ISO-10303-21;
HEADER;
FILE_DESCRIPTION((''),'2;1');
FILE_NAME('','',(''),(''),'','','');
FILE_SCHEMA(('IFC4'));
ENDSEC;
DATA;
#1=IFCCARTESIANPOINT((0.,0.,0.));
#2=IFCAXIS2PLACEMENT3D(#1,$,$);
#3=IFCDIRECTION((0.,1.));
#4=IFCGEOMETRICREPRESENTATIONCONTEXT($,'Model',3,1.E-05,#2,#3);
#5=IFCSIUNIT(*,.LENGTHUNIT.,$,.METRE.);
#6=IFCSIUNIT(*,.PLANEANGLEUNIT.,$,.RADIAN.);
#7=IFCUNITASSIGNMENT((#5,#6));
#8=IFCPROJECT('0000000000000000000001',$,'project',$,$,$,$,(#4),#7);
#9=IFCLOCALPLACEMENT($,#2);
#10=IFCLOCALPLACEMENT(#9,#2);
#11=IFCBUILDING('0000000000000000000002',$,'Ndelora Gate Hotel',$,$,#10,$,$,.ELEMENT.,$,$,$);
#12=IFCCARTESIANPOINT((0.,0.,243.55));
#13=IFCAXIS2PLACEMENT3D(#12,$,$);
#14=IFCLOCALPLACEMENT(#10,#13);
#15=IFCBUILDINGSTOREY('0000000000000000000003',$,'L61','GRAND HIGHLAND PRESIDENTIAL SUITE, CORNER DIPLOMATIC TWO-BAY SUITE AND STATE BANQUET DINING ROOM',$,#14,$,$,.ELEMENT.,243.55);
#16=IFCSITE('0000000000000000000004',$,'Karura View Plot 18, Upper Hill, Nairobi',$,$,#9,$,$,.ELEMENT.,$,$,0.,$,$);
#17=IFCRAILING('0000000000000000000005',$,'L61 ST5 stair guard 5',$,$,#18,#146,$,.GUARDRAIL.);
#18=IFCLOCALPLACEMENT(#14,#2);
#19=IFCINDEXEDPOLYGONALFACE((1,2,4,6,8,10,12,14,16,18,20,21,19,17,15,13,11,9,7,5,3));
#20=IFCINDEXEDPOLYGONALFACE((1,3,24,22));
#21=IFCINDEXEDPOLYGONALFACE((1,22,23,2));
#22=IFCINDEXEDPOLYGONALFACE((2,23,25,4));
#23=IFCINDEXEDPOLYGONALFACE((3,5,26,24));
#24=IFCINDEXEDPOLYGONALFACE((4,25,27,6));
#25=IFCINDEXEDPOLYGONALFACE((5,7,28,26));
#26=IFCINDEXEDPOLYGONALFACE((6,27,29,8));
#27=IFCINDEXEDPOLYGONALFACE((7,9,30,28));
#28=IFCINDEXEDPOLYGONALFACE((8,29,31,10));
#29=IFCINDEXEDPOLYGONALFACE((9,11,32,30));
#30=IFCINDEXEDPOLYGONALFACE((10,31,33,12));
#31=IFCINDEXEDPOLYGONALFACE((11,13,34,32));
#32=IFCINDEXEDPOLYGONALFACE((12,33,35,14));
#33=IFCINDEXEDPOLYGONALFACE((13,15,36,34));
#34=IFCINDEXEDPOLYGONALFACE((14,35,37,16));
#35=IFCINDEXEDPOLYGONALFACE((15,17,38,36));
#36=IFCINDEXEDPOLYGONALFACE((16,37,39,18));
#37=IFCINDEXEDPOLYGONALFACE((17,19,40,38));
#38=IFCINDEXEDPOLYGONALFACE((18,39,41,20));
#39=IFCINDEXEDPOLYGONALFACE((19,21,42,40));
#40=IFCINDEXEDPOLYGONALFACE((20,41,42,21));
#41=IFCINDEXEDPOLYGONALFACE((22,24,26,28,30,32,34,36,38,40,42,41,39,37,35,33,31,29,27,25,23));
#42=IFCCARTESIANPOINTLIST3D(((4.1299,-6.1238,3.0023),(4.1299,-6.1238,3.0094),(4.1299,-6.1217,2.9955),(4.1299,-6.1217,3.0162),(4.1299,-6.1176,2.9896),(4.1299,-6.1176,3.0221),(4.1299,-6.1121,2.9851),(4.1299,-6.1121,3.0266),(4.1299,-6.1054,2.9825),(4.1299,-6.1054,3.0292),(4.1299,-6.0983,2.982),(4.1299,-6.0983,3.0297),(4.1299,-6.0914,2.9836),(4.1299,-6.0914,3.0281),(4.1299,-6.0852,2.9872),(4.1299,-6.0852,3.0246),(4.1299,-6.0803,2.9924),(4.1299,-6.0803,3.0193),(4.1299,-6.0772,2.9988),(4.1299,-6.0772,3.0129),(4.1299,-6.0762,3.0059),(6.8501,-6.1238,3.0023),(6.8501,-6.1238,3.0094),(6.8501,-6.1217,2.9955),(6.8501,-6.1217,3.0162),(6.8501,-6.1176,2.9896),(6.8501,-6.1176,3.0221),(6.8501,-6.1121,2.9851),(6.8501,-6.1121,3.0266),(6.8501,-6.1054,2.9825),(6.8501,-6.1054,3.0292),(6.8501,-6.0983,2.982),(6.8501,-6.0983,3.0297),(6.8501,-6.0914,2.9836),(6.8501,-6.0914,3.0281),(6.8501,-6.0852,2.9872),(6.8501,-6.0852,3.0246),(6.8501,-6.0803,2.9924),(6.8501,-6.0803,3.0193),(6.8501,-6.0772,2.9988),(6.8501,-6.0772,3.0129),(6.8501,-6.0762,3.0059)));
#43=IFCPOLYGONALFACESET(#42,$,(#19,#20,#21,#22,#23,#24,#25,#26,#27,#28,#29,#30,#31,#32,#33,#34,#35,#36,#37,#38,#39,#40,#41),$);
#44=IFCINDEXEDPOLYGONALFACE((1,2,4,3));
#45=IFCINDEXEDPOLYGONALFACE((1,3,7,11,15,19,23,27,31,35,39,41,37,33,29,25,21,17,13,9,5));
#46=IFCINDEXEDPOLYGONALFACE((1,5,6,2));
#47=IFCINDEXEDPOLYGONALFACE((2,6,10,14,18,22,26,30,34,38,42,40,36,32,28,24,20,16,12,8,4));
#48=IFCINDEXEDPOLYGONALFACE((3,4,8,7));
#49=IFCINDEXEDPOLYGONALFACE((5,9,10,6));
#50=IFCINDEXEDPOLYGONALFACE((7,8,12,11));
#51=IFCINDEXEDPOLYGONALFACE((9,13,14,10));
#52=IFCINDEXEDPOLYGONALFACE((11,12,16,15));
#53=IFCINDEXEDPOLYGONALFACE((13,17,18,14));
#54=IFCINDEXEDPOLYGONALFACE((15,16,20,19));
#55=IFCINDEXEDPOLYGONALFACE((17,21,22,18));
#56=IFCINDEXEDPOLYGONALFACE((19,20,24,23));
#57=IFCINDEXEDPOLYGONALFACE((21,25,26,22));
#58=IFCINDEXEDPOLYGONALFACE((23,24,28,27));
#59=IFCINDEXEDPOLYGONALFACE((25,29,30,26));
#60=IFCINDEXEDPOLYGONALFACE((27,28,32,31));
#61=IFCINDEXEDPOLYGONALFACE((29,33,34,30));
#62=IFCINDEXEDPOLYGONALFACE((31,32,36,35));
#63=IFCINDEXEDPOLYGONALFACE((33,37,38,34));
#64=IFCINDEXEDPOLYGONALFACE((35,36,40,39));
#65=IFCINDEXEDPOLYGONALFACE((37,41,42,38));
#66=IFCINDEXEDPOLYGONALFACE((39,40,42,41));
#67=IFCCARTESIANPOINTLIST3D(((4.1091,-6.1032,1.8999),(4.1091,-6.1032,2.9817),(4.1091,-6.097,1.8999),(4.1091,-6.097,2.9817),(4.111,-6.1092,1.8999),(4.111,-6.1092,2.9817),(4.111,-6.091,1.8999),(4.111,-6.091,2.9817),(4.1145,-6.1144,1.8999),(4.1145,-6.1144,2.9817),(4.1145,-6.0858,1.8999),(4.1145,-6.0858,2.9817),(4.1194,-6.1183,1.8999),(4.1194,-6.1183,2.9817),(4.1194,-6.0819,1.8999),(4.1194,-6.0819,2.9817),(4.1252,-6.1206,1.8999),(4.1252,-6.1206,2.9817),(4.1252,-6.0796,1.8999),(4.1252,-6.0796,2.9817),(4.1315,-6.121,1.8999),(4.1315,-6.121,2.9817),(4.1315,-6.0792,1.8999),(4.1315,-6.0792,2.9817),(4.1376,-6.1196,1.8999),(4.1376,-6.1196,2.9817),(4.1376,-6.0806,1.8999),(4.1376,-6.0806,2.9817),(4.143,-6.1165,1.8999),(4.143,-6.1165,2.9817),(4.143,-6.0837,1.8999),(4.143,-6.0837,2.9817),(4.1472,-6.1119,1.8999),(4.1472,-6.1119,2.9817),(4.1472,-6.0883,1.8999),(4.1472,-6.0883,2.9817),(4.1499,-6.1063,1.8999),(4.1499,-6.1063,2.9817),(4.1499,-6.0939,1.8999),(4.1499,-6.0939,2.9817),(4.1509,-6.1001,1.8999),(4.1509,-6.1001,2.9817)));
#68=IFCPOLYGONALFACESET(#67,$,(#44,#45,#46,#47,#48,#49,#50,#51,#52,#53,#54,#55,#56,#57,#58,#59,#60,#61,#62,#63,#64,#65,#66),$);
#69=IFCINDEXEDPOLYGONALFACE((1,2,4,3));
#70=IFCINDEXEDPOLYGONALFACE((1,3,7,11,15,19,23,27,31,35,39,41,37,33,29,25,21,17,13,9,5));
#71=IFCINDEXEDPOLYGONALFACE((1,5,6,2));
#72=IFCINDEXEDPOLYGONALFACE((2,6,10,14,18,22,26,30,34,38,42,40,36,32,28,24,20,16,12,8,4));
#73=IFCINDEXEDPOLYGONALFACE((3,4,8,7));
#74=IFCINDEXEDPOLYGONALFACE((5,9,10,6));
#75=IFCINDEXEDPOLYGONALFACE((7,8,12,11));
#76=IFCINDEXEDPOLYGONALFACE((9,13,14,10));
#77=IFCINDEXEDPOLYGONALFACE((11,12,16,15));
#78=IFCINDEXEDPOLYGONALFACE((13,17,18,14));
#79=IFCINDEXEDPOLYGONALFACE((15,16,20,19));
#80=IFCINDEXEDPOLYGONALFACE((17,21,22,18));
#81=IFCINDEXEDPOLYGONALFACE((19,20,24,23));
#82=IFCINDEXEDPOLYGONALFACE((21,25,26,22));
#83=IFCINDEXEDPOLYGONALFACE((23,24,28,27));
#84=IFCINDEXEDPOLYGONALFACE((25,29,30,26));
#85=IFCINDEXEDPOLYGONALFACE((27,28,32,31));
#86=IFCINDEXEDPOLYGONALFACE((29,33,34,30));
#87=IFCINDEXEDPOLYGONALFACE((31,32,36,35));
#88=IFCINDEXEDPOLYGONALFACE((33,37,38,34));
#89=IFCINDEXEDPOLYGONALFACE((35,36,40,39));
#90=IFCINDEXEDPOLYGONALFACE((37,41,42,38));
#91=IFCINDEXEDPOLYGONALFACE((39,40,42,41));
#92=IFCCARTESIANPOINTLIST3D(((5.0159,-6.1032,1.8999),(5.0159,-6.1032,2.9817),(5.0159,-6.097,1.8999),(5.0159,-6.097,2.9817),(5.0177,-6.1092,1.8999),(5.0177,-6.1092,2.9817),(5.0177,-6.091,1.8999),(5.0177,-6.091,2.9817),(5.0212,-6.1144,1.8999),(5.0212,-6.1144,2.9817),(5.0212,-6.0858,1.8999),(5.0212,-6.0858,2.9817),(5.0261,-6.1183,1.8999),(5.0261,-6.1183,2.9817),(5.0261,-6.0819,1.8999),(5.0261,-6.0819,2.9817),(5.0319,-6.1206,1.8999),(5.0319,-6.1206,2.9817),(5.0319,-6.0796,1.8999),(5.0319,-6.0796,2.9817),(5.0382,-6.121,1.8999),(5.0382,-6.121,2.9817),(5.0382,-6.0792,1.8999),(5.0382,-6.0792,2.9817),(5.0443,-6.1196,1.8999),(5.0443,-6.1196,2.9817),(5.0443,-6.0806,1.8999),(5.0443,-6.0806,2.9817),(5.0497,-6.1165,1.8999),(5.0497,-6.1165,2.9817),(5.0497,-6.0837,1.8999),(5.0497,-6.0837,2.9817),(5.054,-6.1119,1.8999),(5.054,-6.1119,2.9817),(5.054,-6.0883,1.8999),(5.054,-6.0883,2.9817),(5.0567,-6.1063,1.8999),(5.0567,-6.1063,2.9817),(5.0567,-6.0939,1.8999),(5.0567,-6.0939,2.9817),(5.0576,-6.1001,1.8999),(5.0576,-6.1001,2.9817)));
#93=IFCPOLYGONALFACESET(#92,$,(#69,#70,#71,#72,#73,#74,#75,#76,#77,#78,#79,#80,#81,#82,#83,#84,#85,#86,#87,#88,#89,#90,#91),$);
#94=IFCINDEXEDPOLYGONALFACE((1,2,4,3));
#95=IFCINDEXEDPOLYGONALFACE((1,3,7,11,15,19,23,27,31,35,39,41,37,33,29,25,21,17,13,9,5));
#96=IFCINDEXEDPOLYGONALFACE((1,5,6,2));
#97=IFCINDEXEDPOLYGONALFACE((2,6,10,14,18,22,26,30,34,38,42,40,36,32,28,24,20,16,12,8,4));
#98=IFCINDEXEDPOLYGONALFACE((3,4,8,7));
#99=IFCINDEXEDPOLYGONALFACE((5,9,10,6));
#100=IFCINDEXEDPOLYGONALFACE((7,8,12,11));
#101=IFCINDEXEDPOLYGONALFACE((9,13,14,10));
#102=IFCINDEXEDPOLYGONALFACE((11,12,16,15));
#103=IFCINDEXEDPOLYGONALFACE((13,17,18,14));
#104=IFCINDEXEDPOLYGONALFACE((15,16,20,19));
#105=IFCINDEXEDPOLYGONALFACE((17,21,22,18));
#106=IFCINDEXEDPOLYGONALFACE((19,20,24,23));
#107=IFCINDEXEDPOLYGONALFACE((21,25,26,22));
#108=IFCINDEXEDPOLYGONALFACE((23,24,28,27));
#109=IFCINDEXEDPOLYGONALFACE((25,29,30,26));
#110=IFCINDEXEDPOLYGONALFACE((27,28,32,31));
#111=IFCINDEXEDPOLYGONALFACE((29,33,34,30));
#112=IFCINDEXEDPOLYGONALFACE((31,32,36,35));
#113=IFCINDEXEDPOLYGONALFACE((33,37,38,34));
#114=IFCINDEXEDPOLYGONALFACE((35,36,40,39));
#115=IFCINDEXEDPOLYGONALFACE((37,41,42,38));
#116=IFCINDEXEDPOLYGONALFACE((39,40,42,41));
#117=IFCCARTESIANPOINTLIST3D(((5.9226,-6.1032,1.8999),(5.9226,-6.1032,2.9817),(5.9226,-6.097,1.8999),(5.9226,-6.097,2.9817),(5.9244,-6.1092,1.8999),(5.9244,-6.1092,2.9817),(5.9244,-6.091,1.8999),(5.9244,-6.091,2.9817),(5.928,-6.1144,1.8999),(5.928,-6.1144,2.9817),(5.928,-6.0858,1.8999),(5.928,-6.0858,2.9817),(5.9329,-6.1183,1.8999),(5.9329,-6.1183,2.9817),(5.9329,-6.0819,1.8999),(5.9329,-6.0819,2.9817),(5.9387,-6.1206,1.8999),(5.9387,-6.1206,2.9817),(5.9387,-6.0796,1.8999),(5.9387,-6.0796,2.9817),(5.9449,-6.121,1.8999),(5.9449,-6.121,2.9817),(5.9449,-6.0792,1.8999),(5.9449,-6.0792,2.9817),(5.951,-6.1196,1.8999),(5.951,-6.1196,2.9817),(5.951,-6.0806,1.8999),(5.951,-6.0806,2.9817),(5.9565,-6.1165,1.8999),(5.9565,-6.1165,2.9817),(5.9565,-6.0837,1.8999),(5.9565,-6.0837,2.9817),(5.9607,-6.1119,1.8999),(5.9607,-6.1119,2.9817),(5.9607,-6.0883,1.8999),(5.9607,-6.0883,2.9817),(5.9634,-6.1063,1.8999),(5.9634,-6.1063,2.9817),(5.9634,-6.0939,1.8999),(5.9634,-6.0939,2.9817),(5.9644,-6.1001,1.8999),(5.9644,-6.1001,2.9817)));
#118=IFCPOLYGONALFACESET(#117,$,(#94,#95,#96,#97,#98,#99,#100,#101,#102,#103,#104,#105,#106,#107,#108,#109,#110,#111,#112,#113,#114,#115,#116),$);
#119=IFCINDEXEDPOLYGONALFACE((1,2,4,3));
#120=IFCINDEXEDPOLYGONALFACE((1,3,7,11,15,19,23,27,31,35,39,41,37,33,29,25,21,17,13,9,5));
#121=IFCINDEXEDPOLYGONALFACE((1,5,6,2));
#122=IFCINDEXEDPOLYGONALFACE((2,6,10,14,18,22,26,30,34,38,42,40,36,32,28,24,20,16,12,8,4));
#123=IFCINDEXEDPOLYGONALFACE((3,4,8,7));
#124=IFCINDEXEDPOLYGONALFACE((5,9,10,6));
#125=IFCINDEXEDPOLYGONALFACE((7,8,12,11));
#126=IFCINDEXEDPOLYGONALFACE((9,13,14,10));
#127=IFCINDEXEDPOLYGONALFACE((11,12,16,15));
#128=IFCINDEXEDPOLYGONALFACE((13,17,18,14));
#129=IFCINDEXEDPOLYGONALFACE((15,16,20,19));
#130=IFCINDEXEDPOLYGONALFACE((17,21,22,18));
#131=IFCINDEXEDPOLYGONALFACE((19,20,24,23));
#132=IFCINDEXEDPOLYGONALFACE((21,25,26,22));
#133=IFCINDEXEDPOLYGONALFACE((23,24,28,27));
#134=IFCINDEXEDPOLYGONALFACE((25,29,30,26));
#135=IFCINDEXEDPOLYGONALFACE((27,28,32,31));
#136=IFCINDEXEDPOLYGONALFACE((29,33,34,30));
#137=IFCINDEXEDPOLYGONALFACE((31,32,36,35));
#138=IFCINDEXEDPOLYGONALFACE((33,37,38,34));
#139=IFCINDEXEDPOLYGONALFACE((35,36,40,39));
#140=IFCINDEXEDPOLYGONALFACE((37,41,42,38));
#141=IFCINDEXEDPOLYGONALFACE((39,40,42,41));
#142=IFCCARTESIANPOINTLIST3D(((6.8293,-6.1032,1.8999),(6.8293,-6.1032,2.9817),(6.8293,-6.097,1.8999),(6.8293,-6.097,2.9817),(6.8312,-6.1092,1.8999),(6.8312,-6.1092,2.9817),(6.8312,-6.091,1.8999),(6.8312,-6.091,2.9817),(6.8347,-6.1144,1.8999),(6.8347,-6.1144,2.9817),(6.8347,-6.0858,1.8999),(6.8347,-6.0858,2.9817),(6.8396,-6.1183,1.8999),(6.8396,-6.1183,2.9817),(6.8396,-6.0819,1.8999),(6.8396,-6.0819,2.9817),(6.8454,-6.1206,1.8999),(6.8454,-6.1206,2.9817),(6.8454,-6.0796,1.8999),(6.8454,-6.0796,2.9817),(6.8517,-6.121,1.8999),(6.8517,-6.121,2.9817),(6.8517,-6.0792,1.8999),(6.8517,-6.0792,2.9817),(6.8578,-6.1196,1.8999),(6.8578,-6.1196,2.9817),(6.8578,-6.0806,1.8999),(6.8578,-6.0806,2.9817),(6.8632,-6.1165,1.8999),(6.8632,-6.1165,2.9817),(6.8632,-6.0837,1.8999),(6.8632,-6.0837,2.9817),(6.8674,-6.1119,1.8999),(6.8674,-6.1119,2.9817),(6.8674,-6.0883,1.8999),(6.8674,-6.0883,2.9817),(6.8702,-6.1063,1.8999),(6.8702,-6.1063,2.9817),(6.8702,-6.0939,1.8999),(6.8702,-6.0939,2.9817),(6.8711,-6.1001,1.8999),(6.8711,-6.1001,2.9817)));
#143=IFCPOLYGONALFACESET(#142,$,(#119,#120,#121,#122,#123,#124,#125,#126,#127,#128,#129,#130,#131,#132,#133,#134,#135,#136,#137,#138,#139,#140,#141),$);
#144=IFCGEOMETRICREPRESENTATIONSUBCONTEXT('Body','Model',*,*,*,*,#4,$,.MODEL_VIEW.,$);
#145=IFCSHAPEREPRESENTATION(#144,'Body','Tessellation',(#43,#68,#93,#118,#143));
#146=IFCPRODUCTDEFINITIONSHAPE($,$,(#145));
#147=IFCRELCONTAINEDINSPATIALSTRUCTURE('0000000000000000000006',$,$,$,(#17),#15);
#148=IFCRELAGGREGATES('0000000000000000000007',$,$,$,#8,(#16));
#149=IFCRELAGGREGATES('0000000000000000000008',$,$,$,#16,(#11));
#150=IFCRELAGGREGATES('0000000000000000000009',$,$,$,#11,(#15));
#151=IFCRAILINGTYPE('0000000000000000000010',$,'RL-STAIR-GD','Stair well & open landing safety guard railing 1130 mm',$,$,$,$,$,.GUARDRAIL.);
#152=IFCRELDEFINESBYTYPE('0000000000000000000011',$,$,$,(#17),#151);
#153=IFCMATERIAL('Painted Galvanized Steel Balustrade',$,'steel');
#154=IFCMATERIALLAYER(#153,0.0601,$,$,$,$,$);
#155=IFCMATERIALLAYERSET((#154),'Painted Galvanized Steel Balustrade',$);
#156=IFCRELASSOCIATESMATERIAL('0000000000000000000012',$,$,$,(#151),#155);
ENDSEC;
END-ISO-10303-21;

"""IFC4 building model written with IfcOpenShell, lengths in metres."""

from ifc_helpers import new_model, si_unit, direction, frame, origin, origin_2d, place, context, subcontext, project, spatial, circle, extrude, material, layer, layer_set, type_object, element, save


model = new_model("IFC4")

# Units and contexts
model_context = context("Model", 3, precision=1e-05, world=origin(), true_north=direction((0.0, 1.0)))
body_context = subcontext(model_context, "Body", "Model", "MODEL_VIEW")
ifc_project = project(units=[si_unit("LENGTHUNIT", "METRE"), si_unit("PLANEANGLEUNIT", "RADIAN")], contexts=[model_context])

# Site, building, storey
site_placement = place(None, origin())
site = spatial("IfcSite", under=ifc_project, at=site_placement, Name="Karura View Plot 18, Upper Hill, Nairobi", CompositionType="ELEMENT", RefElevation=0.0)
building_placement = place(site_placement, origin())
building = spatial("IfcBuilding", under=site, at=building_placement, Name="Ndelora Gate Hotel", CompositionType="ELEMENT")
storey_placement = place(building_placement, frame((0.0, 0.0, 243.55)))
storey = spatial("IfcBuildingStorey", under=building, at=storey_placement, Name="L61", Description="GRAND HIGHLAND PRESIDENTIAL SUITE, CORNER DIPLOMATIC TWO-BAY SUITE AND STATE BANQUET DINING ROOM", CompositionType="ELEMENT", Elevation=243.55)

# Railing
ifc_material_1 = material(Name="Painted Galvanized Steel Balustrade", Category="steel")
ifc_layer_1 = layer(ifc_material_1, 0.0601)
ifc_layer_set_1 = layer_set([ifc_layer_1], Name="Painted Galvanized Steel Balustrade")
railing_type_1 = type_object("IfcRailingType", Name="RL-STAIR-GD", Description="Stair well & open landing safety guard railing 1130 mm", PredefinedType="GUARDRAIL", material=ifc_layer_set_1)
railing_1_placement = place(storey_placement, frame((4.1299, -6.1001, 1.8999)))
element("IfcRailing", 1, at=railing_1_placement, inside=storey, type_object=railing_type_1, Name="L61 ST5 stair guard 5", PredefinedType="GUARDRAIL", context=body_context, shape_type="SweptSolid", body=[
    extrude(circle(Radius=0.0239, at=origin_2d()), frame((0.0, 0.0, 1.106), z_axis=(1.0, 0.0, 0.0), x_axis=(0.0, 1.0, 0.0)), (0.0, 0.0, 1.0), 2.7202),
    extrude(circle(Radius=0.021, at=origin_2d()), origin(), (0.0, 0.0, 1.0), 1.0818),
    extrude(circle(Radius=0.021, at=origin_2d()), frame((0.9067, 0.0, 0.0)), (0.0, 0.0, 1.0), 1.0818),
    extrude(circle(Radius=0.021, at=origin_2d()), frame((1.8135, 0.0, 0.0)), (0.0, 0.0, 1.0), 1.0818),
    extrude(circle(Radius=0.021, at=origin_2d()), frame((2.7202, 0.0, 0.0)), (0.0, 0.0, 1.0), 1.0818),
])

save(model, "model.ifc")
